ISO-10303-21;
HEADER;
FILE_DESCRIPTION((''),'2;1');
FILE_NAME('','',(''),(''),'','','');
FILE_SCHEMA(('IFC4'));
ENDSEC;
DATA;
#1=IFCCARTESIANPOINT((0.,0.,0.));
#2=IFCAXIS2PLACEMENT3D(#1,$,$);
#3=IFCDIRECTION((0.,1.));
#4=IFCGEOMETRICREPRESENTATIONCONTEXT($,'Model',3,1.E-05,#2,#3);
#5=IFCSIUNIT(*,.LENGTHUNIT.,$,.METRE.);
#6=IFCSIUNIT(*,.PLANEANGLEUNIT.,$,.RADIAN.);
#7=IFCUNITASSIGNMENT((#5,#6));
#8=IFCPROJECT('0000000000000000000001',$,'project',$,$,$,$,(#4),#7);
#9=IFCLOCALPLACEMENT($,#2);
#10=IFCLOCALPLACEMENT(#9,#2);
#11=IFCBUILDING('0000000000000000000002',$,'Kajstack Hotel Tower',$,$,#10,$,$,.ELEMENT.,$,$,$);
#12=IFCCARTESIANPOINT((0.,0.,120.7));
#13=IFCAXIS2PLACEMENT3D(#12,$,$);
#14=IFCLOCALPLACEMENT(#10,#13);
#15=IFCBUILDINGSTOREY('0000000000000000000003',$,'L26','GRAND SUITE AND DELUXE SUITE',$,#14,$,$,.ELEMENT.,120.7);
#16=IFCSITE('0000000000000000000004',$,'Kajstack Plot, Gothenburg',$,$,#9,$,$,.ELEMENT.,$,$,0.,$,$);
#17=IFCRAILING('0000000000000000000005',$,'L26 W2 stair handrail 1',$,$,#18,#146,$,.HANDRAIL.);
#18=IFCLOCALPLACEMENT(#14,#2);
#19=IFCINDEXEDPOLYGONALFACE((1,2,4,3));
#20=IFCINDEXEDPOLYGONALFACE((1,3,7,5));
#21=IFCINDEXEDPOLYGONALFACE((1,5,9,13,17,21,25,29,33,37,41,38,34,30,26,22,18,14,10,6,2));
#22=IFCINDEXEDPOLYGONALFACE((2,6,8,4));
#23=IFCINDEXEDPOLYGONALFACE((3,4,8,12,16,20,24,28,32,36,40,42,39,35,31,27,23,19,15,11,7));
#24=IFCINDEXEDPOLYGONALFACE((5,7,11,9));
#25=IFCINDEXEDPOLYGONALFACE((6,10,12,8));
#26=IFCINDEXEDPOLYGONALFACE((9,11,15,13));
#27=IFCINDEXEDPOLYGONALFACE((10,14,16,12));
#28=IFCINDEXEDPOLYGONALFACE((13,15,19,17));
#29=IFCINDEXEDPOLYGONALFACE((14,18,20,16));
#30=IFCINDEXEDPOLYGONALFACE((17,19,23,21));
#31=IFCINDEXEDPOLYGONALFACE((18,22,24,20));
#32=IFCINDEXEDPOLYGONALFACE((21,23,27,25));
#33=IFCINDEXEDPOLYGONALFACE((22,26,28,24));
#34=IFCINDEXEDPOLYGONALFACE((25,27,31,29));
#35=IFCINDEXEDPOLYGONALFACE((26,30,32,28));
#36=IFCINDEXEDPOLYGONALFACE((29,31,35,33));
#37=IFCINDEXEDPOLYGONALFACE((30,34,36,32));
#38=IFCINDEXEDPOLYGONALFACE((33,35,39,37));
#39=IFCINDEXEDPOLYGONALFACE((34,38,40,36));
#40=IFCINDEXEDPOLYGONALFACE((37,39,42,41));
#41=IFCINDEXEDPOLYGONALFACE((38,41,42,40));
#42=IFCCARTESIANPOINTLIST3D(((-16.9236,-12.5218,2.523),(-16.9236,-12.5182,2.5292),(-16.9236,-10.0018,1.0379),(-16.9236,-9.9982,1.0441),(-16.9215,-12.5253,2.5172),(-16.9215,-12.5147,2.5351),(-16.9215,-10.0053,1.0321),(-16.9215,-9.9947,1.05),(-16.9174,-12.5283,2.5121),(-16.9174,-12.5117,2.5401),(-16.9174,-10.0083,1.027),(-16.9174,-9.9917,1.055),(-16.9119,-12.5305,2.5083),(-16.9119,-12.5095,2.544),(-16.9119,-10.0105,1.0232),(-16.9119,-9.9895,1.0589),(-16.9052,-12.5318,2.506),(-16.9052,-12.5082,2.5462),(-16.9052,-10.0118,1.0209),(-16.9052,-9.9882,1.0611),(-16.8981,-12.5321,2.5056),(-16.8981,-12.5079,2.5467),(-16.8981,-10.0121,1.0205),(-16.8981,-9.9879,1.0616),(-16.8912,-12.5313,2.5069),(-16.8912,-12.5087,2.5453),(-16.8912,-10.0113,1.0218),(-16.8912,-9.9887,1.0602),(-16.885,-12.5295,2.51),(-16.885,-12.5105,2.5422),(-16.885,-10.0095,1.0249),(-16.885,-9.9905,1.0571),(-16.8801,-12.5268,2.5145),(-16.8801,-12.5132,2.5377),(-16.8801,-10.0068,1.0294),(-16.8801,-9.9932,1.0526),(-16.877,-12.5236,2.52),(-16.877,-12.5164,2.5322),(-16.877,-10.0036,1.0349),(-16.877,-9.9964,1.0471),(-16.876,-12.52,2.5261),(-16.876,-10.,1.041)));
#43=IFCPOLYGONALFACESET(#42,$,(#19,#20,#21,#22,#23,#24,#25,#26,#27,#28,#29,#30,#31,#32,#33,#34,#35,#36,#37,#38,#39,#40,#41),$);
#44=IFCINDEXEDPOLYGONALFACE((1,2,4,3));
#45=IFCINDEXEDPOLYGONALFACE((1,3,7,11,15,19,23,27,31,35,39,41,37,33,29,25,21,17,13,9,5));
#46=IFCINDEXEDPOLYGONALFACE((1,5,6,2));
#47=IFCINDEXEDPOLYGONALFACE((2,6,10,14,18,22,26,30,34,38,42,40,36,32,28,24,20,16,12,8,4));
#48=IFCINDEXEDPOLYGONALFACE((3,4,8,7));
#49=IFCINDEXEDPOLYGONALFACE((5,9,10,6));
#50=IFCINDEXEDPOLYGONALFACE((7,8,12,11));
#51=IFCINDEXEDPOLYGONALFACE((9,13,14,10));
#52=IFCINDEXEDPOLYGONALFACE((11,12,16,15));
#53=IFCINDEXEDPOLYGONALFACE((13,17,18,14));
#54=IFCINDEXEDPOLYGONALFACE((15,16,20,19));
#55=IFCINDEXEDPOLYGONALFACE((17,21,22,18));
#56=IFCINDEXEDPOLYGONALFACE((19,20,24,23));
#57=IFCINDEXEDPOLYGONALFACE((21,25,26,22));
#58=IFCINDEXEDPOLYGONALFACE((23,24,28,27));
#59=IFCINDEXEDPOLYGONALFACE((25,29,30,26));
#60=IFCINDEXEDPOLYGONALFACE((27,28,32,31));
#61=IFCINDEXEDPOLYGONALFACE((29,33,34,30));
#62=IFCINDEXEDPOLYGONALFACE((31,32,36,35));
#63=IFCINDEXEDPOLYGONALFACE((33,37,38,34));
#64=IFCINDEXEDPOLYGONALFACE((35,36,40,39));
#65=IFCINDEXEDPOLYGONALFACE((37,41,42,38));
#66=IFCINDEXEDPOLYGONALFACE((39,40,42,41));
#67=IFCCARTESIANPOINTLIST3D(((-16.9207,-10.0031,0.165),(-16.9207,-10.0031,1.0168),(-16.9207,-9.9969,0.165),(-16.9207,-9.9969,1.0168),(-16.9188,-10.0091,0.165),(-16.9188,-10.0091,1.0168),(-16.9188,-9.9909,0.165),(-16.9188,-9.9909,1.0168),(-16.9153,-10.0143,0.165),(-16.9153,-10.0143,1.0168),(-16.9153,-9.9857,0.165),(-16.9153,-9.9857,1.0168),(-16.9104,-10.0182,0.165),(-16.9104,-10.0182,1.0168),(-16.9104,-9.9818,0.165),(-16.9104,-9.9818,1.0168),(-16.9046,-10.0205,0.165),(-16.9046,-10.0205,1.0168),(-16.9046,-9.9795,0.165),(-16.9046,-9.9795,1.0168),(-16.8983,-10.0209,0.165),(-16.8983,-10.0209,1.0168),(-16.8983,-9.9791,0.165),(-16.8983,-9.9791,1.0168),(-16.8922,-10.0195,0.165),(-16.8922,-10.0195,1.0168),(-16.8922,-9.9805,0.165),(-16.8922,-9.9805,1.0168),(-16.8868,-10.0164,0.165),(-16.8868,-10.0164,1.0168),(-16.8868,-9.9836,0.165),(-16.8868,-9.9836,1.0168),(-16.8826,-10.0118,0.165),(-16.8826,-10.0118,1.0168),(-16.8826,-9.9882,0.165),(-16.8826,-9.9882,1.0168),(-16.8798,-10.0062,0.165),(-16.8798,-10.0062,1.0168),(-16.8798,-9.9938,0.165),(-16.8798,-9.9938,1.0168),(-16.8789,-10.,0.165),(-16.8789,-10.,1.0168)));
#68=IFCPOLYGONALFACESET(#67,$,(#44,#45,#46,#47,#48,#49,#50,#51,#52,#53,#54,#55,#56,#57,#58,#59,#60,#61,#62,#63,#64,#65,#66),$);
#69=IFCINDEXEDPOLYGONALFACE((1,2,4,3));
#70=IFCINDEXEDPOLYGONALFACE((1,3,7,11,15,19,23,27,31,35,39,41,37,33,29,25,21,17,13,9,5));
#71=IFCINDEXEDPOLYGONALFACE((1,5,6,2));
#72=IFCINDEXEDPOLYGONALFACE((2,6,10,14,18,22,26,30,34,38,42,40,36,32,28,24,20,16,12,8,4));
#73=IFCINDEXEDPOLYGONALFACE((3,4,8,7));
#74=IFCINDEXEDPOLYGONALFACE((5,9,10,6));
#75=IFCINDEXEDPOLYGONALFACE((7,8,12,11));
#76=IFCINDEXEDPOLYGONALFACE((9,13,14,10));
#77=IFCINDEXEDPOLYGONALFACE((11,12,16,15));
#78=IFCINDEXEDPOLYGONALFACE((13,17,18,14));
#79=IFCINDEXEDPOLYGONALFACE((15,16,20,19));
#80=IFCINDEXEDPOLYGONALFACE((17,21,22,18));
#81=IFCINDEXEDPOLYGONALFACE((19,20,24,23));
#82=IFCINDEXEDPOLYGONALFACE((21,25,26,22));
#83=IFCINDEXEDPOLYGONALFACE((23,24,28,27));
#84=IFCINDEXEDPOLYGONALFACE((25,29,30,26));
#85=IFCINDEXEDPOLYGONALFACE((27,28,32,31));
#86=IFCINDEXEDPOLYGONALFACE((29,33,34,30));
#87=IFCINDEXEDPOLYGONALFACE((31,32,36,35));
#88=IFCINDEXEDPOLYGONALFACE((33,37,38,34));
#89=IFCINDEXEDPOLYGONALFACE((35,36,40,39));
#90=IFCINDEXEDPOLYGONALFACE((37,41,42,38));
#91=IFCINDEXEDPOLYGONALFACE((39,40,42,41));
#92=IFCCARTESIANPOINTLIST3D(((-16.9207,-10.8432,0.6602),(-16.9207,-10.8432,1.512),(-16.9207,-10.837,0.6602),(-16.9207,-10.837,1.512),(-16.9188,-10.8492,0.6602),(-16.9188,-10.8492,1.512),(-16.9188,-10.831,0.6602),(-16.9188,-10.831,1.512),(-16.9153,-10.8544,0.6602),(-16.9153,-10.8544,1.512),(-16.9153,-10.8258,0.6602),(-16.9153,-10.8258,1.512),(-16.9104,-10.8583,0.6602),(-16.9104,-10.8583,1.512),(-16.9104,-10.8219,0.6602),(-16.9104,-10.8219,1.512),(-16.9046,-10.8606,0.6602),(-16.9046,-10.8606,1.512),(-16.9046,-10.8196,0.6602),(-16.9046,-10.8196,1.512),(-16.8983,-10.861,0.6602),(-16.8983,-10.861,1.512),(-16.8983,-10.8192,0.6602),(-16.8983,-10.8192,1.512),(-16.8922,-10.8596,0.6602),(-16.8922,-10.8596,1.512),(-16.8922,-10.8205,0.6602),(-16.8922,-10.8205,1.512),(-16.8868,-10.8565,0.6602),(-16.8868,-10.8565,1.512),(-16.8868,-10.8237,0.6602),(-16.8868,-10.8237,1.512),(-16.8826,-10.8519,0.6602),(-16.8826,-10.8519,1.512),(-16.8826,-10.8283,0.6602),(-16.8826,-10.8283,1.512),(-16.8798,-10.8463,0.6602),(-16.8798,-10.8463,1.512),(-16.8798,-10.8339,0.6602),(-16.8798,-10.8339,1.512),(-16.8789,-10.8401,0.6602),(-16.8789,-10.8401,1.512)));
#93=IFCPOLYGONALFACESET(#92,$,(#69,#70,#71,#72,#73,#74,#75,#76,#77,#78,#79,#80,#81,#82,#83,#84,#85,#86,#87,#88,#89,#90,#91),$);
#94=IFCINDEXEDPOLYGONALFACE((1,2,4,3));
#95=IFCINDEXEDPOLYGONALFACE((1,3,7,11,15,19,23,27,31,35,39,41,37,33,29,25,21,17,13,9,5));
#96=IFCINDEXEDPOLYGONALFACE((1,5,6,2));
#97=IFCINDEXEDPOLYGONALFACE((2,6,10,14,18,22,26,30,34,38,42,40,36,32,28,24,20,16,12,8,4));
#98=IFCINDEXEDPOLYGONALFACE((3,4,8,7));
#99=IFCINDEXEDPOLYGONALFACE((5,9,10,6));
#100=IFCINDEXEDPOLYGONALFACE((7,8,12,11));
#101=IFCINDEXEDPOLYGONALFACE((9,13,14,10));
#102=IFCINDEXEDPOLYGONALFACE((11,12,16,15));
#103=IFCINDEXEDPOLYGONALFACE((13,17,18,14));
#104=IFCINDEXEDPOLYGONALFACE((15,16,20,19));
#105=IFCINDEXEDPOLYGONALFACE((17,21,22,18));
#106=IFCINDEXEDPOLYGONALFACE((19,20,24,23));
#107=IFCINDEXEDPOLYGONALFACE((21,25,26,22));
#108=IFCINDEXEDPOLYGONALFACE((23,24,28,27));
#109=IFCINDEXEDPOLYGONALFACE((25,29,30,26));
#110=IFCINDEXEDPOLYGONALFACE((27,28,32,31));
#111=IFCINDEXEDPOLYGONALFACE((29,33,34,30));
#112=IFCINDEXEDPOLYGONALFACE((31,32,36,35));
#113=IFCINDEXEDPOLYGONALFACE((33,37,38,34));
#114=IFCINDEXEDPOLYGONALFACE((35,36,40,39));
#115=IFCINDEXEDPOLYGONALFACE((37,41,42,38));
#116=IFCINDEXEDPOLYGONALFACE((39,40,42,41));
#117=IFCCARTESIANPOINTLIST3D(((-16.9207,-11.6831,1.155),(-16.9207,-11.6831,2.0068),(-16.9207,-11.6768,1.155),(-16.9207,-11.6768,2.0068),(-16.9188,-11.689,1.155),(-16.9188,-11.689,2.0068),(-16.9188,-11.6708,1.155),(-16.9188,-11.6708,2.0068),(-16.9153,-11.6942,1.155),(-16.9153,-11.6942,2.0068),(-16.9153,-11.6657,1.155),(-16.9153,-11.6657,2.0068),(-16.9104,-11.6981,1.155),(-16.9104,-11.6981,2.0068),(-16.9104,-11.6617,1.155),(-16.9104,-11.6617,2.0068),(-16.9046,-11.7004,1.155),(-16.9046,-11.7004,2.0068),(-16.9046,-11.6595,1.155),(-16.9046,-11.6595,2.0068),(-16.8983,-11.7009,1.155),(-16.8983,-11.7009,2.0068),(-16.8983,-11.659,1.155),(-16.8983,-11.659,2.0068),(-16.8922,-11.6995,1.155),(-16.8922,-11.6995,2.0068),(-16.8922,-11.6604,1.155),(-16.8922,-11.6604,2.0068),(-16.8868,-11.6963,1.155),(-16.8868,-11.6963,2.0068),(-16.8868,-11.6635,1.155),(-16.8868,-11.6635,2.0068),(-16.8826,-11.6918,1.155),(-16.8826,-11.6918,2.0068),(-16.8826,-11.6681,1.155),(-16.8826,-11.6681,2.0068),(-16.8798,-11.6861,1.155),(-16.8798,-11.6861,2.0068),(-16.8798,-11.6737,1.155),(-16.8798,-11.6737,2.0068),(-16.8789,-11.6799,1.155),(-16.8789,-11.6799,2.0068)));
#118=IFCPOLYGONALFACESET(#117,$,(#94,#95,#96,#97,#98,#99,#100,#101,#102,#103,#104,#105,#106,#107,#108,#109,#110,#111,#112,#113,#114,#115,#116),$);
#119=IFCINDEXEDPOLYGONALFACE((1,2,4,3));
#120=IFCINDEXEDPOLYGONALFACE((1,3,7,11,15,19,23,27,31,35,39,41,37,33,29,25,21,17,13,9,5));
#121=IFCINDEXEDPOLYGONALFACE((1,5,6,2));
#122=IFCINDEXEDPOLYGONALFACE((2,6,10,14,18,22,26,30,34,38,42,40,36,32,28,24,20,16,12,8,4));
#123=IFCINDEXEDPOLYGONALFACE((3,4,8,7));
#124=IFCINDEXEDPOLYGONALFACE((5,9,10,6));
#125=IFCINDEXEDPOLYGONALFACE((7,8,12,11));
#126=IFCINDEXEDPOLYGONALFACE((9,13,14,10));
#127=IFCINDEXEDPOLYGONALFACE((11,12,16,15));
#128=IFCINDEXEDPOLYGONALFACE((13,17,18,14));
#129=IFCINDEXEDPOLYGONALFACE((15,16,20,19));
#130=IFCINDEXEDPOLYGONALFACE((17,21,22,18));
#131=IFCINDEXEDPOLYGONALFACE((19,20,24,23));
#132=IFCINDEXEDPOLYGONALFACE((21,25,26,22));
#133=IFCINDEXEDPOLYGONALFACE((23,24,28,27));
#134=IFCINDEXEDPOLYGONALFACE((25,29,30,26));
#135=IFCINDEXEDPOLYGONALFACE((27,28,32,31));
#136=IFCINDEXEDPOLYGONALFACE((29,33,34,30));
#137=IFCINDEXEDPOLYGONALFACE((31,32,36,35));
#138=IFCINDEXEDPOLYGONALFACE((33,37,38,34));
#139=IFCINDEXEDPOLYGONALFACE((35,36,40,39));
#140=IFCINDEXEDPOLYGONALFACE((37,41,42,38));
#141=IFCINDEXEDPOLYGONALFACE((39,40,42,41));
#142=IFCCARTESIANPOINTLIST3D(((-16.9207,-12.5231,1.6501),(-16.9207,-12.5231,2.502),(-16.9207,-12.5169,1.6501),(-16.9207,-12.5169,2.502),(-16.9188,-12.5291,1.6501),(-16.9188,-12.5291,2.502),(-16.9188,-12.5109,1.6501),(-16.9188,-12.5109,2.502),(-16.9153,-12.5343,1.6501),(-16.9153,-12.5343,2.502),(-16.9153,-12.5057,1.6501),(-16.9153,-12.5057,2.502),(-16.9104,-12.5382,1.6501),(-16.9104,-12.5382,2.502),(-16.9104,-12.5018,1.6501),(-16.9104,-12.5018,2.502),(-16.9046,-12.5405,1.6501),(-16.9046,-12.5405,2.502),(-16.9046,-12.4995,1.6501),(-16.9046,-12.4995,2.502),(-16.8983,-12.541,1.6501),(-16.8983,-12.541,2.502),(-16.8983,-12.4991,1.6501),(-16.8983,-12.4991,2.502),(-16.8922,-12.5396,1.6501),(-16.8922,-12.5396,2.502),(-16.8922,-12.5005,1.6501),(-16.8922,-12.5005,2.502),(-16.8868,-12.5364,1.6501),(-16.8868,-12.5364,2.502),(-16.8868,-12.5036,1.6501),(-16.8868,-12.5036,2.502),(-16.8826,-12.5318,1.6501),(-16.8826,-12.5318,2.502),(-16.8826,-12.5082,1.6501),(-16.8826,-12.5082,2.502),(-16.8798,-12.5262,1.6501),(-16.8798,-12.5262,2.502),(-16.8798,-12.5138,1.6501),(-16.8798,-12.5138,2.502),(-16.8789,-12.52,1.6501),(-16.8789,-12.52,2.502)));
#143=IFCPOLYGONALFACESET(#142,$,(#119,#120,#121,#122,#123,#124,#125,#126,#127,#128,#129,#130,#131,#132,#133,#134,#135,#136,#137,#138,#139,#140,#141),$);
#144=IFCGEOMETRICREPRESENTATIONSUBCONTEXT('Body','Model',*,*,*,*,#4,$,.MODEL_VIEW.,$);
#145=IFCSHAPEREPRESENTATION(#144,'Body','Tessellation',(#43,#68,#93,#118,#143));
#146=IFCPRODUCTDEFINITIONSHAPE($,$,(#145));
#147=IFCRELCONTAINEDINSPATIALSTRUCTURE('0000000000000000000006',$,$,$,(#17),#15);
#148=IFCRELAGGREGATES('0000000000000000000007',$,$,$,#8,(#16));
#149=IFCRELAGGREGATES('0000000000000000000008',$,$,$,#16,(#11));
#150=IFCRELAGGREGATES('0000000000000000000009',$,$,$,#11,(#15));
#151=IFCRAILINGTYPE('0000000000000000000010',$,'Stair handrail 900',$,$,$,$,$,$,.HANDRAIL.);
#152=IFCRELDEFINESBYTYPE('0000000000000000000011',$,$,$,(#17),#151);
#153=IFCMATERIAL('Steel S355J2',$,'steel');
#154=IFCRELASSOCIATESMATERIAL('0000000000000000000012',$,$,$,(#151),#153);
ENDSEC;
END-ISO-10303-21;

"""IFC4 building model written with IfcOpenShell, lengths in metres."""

from ifc_helpers import new_model, si_unit, direction, frame, origin, origin_2d, place, context, subcontext, project, spatial, circle, extrude, material, type_object, element, save


model = new_model("IFC4")

# Units and contexts
model_context = context("Model", 3, precision=1e-05, world=origin(), true_north=direction((0.0, 1.0)))
body_context = subcontext(model_context, "Body", "Model", "MODEL_VIEW")
ifc_project = project(units=[si_unit("LENGTHUNIT", "METRE"), si_unit("PLANEANGLEUNIT", "RADIAN")], contexts=[model_context])

# Site, building, storey
site_placement = place(None, origin())
site = spatial("IfcSite", under=ifc_project, at=site_placement, Name="Kajstack Plot, Gothenburg", CompositionType="ELEMENT", RefElevation=0.0)
building_placement = place(site_placement, origin())
building = spatial("IfcBuilding", under=site, at=building_placement, Name="Kajstack Hotel Tower", CompositionType="ELEMENT")
storey_placement = place(building_placement, frame((0.0, 0.0, 120.7)))
storey = spatial("IfcBuildingStorey", under=building, at=storey_placement, Name="L26", Description="GRAND SUITE AND DELUXE SUITE", CompositionType="ELEMENT", Elevation=120.7)

# Railing
ifc_material_1 = material(Name="Steel S355J2", Category="steel")
railing_type_1 = type_object("IfcRailingType", Name="Stair handrail 900", PredefinedType="HANDRAIL", material=ifc_material_1)
railing_1_placement = place(storey_placement, frame((-16.8999, -10.0, 0.165)))
element("IfcRailing", 1, at=railing_1_placement, inside=storey, type_object=railing_type_1, Name="L26 W2 stair handrail 1", PredefinedType="HANDRAIL", context=body_context, shape_type="SweptSolid", body=[
    extrude(circle(Radius=0.0239, at=origin_2d()), frame((0.0, 0.0, 0.876), z_axis=(0.0, -0.861524, 0.507717), x_axis=(1.0, 0.0, 0.0)), (0.0, 0.0, 1.0), 2.925),
    extrude(circle(Radius=0.021, at=origin_2d()), origin(), (0.0, 0.0, 1.0), 0.8518),
    extrude(circle(Radius=0.021, at=origin_2d()), frame((0.0, -0.8401, 0.4951)), (0.0, 0.0, 1.0), 0.8518),
    extrude(circle(Radius=0.021, at=origin_2d()), frame((0.0, -1.6799, 0.99)), (0.0, 0.0, 1.0), 0.8518),
    extrude(circle(Radius=0.021, at=origin_2d()), frame((0.0, -2.52, 1.4851)), (0.0, 0.0, 1.0), 0.8518),
])

save(model, "model.ifc")
